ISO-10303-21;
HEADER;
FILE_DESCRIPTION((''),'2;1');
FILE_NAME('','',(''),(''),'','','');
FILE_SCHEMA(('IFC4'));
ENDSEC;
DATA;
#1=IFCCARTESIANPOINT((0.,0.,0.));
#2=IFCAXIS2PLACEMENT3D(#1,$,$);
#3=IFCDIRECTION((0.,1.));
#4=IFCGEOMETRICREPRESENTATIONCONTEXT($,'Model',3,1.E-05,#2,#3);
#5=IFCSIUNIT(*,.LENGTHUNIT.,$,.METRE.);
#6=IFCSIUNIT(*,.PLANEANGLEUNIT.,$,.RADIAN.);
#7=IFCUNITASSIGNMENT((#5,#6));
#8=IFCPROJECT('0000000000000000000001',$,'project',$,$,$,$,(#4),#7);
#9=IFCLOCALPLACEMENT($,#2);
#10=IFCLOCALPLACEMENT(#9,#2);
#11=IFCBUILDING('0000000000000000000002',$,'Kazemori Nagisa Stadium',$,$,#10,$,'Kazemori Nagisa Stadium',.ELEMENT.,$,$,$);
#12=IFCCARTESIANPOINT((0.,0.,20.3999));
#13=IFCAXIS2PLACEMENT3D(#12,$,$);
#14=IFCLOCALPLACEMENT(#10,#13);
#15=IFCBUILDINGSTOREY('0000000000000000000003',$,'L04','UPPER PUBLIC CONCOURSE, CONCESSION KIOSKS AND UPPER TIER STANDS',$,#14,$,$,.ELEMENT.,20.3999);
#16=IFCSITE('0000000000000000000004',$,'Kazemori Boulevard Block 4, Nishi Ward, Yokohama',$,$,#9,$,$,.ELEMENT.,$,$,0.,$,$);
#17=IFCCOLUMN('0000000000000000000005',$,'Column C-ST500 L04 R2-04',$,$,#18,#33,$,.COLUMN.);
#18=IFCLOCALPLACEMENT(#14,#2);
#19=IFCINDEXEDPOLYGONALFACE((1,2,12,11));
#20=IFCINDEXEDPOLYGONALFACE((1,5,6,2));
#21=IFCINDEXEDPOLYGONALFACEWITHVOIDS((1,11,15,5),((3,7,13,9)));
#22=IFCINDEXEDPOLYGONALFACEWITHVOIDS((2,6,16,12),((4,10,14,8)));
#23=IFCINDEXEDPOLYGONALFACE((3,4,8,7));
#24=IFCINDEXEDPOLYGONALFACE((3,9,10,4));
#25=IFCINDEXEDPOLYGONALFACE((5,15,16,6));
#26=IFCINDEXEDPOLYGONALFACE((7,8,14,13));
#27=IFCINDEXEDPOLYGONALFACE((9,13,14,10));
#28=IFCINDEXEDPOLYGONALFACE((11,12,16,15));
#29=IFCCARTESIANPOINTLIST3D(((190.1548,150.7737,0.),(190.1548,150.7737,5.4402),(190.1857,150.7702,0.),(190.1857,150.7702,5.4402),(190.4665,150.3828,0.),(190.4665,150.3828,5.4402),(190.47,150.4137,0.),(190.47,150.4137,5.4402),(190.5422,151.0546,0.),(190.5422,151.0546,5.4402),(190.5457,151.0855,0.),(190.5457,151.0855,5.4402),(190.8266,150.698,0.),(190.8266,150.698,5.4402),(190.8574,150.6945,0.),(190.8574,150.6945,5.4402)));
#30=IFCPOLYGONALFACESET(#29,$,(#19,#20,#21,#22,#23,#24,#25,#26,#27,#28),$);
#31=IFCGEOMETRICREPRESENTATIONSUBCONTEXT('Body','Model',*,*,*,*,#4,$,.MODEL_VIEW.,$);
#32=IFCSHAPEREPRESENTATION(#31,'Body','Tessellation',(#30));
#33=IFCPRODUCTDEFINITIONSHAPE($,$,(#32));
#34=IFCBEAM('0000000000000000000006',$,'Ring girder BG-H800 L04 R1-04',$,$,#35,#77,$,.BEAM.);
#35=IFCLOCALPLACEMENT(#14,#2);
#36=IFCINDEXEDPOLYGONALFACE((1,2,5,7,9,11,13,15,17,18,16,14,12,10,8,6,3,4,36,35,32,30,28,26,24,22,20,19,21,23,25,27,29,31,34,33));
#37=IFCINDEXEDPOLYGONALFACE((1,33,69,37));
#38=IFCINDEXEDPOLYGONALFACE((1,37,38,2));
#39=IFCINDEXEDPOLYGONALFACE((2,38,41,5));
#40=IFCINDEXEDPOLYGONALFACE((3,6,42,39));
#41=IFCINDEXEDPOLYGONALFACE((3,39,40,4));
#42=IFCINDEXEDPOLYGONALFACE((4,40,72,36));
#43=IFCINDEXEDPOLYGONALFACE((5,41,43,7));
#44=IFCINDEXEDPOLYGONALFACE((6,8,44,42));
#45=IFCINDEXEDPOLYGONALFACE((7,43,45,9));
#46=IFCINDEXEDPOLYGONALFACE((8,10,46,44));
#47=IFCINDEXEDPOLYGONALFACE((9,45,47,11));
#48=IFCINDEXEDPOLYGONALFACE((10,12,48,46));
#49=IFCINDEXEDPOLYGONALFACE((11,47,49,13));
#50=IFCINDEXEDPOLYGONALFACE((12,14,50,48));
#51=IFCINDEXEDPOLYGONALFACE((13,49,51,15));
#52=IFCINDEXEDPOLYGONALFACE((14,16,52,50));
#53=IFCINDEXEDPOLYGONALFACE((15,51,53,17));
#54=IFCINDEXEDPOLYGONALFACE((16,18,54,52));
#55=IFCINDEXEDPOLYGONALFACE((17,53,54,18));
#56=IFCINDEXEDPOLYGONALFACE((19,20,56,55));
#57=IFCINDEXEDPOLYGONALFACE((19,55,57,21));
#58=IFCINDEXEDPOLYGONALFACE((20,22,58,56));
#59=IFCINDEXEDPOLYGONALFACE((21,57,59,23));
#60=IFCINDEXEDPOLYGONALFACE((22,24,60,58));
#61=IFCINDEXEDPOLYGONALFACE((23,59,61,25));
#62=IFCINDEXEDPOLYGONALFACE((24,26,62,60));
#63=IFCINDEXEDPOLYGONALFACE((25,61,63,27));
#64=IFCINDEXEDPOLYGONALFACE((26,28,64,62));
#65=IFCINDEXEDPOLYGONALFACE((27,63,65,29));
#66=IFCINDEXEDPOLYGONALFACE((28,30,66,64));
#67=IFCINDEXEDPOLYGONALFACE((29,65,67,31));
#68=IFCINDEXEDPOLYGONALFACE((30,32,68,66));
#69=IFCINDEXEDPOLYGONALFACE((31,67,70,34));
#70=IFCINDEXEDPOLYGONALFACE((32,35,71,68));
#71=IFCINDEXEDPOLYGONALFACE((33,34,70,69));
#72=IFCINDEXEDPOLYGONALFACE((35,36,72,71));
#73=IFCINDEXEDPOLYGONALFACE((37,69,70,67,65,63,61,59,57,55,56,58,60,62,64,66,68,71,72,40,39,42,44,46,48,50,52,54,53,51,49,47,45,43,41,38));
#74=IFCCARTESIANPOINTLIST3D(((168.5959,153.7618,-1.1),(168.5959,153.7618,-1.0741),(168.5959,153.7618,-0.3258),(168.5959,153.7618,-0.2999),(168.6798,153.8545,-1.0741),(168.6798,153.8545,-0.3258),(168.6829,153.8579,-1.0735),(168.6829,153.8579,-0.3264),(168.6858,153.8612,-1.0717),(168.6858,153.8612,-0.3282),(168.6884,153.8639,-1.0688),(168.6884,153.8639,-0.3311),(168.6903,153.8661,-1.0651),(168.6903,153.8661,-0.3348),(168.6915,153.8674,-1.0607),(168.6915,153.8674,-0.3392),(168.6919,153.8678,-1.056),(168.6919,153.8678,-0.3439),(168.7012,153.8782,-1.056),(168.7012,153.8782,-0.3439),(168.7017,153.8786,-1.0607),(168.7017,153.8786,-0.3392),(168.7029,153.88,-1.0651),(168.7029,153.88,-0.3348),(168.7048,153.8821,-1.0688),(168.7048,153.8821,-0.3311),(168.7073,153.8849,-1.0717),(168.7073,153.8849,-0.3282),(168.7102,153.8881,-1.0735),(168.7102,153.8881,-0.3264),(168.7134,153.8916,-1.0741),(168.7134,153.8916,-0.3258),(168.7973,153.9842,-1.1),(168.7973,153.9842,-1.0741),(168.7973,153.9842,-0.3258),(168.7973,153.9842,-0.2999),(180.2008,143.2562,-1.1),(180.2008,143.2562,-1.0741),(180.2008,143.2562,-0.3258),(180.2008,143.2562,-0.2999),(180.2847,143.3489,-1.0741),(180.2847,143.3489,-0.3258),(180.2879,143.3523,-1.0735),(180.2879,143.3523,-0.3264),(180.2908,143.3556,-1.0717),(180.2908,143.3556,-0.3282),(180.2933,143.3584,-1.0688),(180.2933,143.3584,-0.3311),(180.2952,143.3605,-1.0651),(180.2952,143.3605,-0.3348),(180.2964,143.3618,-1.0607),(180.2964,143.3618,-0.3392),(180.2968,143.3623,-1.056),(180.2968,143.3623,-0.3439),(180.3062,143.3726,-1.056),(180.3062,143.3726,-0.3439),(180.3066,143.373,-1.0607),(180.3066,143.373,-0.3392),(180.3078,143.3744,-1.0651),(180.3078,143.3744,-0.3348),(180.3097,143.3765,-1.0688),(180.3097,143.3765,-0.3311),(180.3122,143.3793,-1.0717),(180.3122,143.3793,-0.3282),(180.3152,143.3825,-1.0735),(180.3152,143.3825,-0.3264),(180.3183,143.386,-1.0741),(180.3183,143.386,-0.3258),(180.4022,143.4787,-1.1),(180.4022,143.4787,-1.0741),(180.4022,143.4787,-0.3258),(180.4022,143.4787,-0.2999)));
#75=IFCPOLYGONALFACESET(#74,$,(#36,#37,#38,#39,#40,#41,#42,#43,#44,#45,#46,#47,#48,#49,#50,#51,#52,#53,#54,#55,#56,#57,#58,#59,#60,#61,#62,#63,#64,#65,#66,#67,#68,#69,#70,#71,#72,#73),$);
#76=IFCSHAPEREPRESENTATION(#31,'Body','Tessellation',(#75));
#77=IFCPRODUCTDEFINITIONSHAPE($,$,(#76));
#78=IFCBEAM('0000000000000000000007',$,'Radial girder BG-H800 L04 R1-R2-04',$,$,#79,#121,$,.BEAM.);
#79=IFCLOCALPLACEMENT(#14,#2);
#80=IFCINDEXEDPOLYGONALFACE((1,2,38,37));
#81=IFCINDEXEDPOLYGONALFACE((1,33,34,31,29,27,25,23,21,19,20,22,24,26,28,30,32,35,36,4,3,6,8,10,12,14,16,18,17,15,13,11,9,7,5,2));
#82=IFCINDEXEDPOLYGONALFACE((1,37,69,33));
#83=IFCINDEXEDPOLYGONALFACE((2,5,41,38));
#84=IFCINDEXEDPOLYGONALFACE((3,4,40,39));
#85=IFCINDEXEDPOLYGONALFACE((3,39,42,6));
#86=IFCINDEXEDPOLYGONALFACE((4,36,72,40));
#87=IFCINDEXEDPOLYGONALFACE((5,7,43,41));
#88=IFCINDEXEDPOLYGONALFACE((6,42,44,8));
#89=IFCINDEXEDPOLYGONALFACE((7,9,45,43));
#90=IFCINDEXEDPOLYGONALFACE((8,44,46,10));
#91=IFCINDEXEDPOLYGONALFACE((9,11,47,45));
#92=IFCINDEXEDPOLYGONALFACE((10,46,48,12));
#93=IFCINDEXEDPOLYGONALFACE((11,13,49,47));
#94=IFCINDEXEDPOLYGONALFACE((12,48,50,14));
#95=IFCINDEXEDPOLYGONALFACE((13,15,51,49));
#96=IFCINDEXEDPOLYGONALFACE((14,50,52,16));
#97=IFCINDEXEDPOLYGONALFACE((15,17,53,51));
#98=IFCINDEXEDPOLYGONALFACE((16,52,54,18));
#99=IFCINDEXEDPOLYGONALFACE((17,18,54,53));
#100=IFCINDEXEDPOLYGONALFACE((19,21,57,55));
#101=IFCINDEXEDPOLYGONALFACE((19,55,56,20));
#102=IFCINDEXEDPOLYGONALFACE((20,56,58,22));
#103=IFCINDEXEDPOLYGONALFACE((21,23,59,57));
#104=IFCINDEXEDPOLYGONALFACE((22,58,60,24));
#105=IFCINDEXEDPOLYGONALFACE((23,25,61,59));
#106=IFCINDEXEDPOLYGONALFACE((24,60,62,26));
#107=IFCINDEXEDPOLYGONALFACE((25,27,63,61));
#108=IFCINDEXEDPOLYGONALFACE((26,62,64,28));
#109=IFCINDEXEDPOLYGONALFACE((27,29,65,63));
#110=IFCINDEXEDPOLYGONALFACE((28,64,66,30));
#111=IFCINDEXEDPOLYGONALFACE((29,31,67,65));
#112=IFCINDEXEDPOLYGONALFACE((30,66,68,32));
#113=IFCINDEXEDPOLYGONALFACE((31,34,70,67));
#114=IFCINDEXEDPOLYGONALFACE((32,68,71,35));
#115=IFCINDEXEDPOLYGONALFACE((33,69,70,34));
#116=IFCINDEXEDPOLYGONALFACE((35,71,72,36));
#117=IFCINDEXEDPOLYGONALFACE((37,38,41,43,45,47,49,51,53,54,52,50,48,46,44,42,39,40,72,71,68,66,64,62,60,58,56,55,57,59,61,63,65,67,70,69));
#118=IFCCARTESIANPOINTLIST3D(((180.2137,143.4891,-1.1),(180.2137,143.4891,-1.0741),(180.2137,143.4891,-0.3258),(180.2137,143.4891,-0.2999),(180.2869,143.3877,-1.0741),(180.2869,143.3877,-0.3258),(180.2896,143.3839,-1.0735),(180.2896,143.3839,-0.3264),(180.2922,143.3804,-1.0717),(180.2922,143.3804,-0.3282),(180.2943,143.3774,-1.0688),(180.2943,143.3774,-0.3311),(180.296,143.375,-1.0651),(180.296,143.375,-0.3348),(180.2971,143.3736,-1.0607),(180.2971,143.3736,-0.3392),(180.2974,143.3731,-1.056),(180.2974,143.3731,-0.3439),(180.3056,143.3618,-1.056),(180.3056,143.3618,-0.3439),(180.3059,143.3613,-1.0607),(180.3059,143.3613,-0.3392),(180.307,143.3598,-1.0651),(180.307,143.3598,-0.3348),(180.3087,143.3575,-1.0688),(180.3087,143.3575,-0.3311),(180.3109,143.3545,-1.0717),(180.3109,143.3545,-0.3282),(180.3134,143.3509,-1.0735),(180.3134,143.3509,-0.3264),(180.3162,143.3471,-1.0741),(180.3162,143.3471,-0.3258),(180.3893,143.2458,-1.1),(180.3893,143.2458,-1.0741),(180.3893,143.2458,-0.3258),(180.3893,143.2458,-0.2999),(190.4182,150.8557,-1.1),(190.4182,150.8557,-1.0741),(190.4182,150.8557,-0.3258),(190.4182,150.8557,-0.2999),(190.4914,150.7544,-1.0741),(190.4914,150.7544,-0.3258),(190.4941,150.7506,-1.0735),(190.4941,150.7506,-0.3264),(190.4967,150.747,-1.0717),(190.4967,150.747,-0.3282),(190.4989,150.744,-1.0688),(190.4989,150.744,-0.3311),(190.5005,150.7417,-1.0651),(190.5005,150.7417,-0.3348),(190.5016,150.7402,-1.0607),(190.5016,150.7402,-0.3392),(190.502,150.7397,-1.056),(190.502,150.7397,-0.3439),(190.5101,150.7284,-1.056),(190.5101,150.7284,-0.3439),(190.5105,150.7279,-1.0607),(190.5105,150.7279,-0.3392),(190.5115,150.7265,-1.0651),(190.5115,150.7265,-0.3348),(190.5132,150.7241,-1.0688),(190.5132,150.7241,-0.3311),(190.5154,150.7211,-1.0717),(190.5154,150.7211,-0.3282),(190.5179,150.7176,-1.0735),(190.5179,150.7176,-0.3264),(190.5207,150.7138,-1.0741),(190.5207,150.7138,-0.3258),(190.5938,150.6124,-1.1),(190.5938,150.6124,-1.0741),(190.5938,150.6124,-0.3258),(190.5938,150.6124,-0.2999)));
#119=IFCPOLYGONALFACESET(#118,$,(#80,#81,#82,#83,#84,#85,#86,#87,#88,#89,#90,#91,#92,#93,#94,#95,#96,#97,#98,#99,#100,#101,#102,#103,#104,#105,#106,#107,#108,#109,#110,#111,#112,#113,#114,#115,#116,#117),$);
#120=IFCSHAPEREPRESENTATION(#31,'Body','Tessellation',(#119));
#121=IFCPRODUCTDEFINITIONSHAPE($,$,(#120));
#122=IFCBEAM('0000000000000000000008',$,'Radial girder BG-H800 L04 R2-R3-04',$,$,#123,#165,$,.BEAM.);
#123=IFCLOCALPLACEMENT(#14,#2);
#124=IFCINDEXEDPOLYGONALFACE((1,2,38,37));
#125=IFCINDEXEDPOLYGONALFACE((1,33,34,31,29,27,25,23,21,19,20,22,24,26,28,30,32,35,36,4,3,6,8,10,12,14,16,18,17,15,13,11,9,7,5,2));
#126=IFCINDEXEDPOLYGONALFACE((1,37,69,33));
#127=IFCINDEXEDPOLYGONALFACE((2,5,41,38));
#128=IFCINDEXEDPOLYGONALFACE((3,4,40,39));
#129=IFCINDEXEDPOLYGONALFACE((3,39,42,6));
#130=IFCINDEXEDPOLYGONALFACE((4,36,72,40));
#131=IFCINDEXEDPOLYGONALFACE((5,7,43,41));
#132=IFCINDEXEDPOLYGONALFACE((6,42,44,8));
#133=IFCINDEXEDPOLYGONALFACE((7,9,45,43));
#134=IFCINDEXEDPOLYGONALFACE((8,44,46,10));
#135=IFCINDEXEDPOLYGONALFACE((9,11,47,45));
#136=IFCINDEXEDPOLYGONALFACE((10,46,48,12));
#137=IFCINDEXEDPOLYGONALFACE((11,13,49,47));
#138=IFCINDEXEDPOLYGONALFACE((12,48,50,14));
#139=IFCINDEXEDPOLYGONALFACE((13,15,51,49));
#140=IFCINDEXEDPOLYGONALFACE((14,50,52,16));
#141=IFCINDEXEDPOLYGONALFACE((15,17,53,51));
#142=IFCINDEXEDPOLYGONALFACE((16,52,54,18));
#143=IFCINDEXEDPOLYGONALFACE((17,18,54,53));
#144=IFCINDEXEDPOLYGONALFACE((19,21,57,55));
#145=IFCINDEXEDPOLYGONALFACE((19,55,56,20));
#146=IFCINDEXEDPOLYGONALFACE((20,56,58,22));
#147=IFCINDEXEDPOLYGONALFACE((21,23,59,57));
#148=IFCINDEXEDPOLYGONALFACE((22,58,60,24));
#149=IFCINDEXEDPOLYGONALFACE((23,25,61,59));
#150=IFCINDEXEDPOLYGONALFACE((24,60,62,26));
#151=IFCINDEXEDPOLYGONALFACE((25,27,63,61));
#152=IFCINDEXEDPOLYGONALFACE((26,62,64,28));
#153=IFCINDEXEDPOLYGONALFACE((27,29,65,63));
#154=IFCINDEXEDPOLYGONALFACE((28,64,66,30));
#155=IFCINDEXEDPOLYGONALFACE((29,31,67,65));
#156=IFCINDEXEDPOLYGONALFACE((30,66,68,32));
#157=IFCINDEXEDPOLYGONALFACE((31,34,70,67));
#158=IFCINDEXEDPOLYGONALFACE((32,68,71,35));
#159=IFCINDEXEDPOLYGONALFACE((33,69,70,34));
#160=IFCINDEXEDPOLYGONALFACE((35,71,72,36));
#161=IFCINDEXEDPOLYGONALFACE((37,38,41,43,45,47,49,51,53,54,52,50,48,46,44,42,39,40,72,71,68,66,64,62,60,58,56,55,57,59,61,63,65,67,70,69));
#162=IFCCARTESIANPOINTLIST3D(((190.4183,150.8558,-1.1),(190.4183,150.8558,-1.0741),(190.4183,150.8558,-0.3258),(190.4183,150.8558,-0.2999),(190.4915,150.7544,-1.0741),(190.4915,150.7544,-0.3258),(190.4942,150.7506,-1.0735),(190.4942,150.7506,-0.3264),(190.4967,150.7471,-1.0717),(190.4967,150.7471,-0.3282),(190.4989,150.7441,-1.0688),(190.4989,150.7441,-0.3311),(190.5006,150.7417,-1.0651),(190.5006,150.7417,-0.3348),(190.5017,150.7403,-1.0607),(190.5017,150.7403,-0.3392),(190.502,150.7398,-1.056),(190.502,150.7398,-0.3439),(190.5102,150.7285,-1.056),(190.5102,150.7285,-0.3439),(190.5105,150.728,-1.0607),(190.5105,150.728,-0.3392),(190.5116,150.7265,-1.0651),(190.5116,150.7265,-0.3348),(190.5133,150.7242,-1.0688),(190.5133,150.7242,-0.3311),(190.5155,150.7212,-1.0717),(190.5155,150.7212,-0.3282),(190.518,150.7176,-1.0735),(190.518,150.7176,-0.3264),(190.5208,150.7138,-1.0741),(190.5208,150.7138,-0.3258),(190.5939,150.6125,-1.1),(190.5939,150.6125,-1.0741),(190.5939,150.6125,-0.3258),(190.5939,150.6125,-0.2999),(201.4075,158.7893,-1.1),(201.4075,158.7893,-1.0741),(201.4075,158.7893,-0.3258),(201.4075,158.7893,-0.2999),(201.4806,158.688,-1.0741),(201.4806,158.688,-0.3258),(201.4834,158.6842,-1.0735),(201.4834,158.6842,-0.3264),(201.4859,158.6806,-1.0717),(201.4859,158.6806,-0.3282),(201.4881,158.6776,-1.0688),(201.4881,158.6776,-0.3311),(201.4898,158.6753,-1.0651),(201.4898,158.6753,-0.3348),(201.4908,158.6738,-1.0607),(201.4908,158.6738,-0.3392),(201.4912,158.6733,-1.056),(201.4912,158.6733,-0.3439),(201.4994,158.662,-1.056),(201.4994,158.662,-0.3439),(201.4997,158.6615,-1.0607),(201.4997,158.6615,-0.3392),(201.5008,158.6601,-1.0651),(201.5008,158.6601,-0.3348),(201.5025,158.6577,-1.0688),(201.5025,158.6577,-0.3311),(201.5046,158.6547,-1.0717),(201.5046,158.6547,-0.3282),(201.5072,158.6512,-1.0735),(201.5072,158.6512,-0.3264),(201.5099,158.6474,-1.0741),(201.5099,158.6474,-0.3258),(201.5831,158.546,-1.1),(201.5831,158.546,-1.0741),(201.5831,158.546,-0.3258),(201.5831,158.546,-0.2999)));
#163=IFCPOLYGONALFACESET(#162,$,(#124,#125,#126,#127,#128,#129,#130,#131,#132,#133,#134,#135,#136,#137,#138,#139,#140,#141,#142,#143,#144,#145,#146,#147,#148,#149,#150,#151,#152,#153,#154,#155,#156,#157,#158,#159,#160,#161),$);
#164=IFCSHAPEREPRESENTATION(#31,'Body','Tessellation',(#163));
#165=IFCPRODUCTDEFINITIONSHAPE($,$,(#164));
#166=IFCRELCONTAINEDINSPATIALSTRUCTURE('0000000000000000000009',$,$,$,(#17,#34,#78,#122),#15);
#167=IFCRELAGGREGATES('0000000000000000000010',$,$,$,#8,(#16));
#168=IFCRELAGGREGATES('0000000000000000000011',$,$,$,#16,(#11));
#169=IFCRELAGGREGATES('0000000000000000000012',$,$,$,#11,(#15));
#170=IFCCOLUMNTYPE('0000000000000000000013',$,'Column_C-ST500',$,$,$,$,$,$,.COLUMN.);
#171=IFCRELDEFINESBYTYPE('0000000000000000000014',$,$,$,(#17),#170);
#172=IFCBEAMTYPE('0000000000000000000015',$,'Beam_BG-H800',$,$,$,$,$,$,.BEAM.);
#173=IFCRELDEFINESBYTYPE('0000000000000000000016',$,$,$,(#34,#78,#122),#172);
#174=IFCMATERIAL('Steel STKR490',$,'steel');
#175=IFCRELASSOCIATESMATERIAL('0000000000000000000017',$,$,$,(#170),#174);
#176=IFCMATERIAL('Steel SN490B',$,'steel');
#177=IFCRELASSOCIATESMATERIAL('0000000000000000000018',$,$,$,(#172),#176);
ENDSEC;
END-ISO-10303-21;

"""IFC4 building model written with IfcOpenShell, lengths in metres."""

from ifc_helpers import new_model, si_unit, direction, frame, origin, origin_2d, place, context, subcontext, project, spatial, hollow_rectangle, i_section, extrude, material, material_profile, profile_set, type_object, element, save


model = new_model("IFC4")

# Units and contexts
model_context = context("Model", 3, precision=1e-05, world=origin(), true_north=direction((0.0, 1.0)))
body_context = subcontext(model_context, "Body", "Model", "MODEL_VIEW")
ifc_project = project(units=[si_unit("LENGTHUNIT", "METRE"), si_unit("PLANEANGLEUNIT", "RADIAN")], contexts=[model_context])

# Site, building, storey
site_placement = place(None, origin())
site = spatial("IfcSite", under=ifc_project, at=site_placement, Name="Kazemori Boulevard Block 4, Nishi Ward, Yokohama", CompositionType="ELEMENT", RefElevation=0.0)
building_placement = place(site_placement, origin())
building = spatial("IfcBuilding", under=site, at=building_placement, Name="Kazemori Nagisa Stadium", LongName="Kazemori Nagisa Stadium", CompositionType="ELEMENT")
storey_placement = place(building_placement, frame((0.0, 0.0, 20.3999)))
storey = spatial("IfcBuildingStorey", under=building, at=storey_placement, Name="L04", Description="UPPER PUBLIC CONCOURSE, CONCESSION KIOSKS AND UPPER TIER STANDS", CompositionType="ELEMENT", Elevation=20.3999)

# Column
ifc_material_1 = material(Name="Steel STKR490", Category="steel")
ifc_material_profile_1 = material_profile(ifc_material_1, hollow_rectangle(XDim=0.5, YDim=0.5, WallThickness=0.022, at=origin_2d()), Name="SHS-500x500x22")
ifc_profile_set_1 = profile_set([ifc_material_profile_1], Name="Steel STKR490")
column_type = type_object("IfcColumnType", Name="Column_C-ST500", PredefinedType="COLUMN", material=ifc_profile_set_1)
column_placement = place(storey_placement, frame((190.5061, 150.7341, 0.0), z_axis=(0.0, 0.0, 1.0), x_axis=(0.781831, 0.62349, 0.0)))
element("IfcColumn", 1, at=column_placement, inside=storey, type_object=column_type, Name="Column C-ST500 L04 R2-04", PredefinedType="COLUMN", context=body_context, shape_type="SweptSolid", body=[
    extrude(hollow_rectangle(XDim=0.5, YDim=0.5, WallThickness=0.022, at=origin_2d()), origin(), (0.0, 0.0, 1.0), 5.4402),
])

# Beams
ifc_material_2 = material(Name="Steel SN490B", Category="steel")
ifc_material_profile_2 = material_profile(ifc_material_2, i_section(OverallWidth=0.3, OverallDepth=0.8, WebThickness=0.0139, FlangeThickness=0.0259, FilletRadius=0.0181, at=origin_2d()), Name="H-800x300x14x26")
ifc_profile_set_2 = profile_set([ifc_material_profile_2], Name="Steel SN490B")
beam_type_1 = type_object("IfcBeamType", Name="Beam_BG-H800", PredefinedType="BEAM", material=ifc_profile_set_2)
beam_1_placement = place(storey_placement, frame((180.3015, 143.3674, -0.7), z_axis=(-0.741349, 0.67112, 0.0), x_axis=(-0.67112, -0.741349, 0.0)))
element("IfcBeam", 2, at=beam_1_placement, inside=storey, type_object=beam_type_1, Name="Ring girder BG-H800 L04 R1-04", PredefinedType="BEAM", context=body_context, shape_type="SweptSolid", body=[
    extrude(i_section(OverallWidth=0.3, OverallDepth=0.8, WebThickness=0.0139, FlangeThickness=0.0259, FilletRadius=0.0181, at=origin_2d()), origin(), (0.0, 0.0, 1.0), 15.6538),
])
beam_2_placement = place(storey_placement, frame((180.3015, 143.3674, -0.7), z_axis=(0.810803, 0.585319, 0.0), x_axis=(-0.585319, 0.810803, 0.0)))
element("IfcBeam", 3, at=beam_2_placement, inside=storey, type_object=beam_type_1, Name="Radial girder BG-H800 L04 R1-R2-04", PredefinedType="BEAM", context=body_context, shape_type="SweptSolid", body=[
    extrude(i_section(OverallWidth=0.3, OverallDepth=0.8, WebThickness=0.0139, FlangeThickness=0.0259, FilletRadius=0.0181, at=origin_2d()), origin(), (0.0, 0.0, 1.0), 12.5857),
])
beam_3_placement = place(storey_placement, frame((190.5061, 150.7341, -0.7), z_axis=(0.810788, 0.585341, 0.0), x_axis=(-0.585341, 0.810788, 0.0)))
element("IfcBeam", 4, at=beam_3_placement, inside=storey, type_object=beam_type_1, Name="Radial girder BG-H800 L04 R2-R3-04", PredefinedType="BEAM", context=body_context, shape_type="SweptSolid", body=[
    extrude(i_section(OverallWidth=0.3, OverallDepth=0.8, WebThickness=0.0139, FlangeThickness=0.0259, FilletRadius=0.0181, at=origin_2d()), origin(), (0.0, 0.0, 1.0), 13.5537),
])

save(model, "model.ifc")
